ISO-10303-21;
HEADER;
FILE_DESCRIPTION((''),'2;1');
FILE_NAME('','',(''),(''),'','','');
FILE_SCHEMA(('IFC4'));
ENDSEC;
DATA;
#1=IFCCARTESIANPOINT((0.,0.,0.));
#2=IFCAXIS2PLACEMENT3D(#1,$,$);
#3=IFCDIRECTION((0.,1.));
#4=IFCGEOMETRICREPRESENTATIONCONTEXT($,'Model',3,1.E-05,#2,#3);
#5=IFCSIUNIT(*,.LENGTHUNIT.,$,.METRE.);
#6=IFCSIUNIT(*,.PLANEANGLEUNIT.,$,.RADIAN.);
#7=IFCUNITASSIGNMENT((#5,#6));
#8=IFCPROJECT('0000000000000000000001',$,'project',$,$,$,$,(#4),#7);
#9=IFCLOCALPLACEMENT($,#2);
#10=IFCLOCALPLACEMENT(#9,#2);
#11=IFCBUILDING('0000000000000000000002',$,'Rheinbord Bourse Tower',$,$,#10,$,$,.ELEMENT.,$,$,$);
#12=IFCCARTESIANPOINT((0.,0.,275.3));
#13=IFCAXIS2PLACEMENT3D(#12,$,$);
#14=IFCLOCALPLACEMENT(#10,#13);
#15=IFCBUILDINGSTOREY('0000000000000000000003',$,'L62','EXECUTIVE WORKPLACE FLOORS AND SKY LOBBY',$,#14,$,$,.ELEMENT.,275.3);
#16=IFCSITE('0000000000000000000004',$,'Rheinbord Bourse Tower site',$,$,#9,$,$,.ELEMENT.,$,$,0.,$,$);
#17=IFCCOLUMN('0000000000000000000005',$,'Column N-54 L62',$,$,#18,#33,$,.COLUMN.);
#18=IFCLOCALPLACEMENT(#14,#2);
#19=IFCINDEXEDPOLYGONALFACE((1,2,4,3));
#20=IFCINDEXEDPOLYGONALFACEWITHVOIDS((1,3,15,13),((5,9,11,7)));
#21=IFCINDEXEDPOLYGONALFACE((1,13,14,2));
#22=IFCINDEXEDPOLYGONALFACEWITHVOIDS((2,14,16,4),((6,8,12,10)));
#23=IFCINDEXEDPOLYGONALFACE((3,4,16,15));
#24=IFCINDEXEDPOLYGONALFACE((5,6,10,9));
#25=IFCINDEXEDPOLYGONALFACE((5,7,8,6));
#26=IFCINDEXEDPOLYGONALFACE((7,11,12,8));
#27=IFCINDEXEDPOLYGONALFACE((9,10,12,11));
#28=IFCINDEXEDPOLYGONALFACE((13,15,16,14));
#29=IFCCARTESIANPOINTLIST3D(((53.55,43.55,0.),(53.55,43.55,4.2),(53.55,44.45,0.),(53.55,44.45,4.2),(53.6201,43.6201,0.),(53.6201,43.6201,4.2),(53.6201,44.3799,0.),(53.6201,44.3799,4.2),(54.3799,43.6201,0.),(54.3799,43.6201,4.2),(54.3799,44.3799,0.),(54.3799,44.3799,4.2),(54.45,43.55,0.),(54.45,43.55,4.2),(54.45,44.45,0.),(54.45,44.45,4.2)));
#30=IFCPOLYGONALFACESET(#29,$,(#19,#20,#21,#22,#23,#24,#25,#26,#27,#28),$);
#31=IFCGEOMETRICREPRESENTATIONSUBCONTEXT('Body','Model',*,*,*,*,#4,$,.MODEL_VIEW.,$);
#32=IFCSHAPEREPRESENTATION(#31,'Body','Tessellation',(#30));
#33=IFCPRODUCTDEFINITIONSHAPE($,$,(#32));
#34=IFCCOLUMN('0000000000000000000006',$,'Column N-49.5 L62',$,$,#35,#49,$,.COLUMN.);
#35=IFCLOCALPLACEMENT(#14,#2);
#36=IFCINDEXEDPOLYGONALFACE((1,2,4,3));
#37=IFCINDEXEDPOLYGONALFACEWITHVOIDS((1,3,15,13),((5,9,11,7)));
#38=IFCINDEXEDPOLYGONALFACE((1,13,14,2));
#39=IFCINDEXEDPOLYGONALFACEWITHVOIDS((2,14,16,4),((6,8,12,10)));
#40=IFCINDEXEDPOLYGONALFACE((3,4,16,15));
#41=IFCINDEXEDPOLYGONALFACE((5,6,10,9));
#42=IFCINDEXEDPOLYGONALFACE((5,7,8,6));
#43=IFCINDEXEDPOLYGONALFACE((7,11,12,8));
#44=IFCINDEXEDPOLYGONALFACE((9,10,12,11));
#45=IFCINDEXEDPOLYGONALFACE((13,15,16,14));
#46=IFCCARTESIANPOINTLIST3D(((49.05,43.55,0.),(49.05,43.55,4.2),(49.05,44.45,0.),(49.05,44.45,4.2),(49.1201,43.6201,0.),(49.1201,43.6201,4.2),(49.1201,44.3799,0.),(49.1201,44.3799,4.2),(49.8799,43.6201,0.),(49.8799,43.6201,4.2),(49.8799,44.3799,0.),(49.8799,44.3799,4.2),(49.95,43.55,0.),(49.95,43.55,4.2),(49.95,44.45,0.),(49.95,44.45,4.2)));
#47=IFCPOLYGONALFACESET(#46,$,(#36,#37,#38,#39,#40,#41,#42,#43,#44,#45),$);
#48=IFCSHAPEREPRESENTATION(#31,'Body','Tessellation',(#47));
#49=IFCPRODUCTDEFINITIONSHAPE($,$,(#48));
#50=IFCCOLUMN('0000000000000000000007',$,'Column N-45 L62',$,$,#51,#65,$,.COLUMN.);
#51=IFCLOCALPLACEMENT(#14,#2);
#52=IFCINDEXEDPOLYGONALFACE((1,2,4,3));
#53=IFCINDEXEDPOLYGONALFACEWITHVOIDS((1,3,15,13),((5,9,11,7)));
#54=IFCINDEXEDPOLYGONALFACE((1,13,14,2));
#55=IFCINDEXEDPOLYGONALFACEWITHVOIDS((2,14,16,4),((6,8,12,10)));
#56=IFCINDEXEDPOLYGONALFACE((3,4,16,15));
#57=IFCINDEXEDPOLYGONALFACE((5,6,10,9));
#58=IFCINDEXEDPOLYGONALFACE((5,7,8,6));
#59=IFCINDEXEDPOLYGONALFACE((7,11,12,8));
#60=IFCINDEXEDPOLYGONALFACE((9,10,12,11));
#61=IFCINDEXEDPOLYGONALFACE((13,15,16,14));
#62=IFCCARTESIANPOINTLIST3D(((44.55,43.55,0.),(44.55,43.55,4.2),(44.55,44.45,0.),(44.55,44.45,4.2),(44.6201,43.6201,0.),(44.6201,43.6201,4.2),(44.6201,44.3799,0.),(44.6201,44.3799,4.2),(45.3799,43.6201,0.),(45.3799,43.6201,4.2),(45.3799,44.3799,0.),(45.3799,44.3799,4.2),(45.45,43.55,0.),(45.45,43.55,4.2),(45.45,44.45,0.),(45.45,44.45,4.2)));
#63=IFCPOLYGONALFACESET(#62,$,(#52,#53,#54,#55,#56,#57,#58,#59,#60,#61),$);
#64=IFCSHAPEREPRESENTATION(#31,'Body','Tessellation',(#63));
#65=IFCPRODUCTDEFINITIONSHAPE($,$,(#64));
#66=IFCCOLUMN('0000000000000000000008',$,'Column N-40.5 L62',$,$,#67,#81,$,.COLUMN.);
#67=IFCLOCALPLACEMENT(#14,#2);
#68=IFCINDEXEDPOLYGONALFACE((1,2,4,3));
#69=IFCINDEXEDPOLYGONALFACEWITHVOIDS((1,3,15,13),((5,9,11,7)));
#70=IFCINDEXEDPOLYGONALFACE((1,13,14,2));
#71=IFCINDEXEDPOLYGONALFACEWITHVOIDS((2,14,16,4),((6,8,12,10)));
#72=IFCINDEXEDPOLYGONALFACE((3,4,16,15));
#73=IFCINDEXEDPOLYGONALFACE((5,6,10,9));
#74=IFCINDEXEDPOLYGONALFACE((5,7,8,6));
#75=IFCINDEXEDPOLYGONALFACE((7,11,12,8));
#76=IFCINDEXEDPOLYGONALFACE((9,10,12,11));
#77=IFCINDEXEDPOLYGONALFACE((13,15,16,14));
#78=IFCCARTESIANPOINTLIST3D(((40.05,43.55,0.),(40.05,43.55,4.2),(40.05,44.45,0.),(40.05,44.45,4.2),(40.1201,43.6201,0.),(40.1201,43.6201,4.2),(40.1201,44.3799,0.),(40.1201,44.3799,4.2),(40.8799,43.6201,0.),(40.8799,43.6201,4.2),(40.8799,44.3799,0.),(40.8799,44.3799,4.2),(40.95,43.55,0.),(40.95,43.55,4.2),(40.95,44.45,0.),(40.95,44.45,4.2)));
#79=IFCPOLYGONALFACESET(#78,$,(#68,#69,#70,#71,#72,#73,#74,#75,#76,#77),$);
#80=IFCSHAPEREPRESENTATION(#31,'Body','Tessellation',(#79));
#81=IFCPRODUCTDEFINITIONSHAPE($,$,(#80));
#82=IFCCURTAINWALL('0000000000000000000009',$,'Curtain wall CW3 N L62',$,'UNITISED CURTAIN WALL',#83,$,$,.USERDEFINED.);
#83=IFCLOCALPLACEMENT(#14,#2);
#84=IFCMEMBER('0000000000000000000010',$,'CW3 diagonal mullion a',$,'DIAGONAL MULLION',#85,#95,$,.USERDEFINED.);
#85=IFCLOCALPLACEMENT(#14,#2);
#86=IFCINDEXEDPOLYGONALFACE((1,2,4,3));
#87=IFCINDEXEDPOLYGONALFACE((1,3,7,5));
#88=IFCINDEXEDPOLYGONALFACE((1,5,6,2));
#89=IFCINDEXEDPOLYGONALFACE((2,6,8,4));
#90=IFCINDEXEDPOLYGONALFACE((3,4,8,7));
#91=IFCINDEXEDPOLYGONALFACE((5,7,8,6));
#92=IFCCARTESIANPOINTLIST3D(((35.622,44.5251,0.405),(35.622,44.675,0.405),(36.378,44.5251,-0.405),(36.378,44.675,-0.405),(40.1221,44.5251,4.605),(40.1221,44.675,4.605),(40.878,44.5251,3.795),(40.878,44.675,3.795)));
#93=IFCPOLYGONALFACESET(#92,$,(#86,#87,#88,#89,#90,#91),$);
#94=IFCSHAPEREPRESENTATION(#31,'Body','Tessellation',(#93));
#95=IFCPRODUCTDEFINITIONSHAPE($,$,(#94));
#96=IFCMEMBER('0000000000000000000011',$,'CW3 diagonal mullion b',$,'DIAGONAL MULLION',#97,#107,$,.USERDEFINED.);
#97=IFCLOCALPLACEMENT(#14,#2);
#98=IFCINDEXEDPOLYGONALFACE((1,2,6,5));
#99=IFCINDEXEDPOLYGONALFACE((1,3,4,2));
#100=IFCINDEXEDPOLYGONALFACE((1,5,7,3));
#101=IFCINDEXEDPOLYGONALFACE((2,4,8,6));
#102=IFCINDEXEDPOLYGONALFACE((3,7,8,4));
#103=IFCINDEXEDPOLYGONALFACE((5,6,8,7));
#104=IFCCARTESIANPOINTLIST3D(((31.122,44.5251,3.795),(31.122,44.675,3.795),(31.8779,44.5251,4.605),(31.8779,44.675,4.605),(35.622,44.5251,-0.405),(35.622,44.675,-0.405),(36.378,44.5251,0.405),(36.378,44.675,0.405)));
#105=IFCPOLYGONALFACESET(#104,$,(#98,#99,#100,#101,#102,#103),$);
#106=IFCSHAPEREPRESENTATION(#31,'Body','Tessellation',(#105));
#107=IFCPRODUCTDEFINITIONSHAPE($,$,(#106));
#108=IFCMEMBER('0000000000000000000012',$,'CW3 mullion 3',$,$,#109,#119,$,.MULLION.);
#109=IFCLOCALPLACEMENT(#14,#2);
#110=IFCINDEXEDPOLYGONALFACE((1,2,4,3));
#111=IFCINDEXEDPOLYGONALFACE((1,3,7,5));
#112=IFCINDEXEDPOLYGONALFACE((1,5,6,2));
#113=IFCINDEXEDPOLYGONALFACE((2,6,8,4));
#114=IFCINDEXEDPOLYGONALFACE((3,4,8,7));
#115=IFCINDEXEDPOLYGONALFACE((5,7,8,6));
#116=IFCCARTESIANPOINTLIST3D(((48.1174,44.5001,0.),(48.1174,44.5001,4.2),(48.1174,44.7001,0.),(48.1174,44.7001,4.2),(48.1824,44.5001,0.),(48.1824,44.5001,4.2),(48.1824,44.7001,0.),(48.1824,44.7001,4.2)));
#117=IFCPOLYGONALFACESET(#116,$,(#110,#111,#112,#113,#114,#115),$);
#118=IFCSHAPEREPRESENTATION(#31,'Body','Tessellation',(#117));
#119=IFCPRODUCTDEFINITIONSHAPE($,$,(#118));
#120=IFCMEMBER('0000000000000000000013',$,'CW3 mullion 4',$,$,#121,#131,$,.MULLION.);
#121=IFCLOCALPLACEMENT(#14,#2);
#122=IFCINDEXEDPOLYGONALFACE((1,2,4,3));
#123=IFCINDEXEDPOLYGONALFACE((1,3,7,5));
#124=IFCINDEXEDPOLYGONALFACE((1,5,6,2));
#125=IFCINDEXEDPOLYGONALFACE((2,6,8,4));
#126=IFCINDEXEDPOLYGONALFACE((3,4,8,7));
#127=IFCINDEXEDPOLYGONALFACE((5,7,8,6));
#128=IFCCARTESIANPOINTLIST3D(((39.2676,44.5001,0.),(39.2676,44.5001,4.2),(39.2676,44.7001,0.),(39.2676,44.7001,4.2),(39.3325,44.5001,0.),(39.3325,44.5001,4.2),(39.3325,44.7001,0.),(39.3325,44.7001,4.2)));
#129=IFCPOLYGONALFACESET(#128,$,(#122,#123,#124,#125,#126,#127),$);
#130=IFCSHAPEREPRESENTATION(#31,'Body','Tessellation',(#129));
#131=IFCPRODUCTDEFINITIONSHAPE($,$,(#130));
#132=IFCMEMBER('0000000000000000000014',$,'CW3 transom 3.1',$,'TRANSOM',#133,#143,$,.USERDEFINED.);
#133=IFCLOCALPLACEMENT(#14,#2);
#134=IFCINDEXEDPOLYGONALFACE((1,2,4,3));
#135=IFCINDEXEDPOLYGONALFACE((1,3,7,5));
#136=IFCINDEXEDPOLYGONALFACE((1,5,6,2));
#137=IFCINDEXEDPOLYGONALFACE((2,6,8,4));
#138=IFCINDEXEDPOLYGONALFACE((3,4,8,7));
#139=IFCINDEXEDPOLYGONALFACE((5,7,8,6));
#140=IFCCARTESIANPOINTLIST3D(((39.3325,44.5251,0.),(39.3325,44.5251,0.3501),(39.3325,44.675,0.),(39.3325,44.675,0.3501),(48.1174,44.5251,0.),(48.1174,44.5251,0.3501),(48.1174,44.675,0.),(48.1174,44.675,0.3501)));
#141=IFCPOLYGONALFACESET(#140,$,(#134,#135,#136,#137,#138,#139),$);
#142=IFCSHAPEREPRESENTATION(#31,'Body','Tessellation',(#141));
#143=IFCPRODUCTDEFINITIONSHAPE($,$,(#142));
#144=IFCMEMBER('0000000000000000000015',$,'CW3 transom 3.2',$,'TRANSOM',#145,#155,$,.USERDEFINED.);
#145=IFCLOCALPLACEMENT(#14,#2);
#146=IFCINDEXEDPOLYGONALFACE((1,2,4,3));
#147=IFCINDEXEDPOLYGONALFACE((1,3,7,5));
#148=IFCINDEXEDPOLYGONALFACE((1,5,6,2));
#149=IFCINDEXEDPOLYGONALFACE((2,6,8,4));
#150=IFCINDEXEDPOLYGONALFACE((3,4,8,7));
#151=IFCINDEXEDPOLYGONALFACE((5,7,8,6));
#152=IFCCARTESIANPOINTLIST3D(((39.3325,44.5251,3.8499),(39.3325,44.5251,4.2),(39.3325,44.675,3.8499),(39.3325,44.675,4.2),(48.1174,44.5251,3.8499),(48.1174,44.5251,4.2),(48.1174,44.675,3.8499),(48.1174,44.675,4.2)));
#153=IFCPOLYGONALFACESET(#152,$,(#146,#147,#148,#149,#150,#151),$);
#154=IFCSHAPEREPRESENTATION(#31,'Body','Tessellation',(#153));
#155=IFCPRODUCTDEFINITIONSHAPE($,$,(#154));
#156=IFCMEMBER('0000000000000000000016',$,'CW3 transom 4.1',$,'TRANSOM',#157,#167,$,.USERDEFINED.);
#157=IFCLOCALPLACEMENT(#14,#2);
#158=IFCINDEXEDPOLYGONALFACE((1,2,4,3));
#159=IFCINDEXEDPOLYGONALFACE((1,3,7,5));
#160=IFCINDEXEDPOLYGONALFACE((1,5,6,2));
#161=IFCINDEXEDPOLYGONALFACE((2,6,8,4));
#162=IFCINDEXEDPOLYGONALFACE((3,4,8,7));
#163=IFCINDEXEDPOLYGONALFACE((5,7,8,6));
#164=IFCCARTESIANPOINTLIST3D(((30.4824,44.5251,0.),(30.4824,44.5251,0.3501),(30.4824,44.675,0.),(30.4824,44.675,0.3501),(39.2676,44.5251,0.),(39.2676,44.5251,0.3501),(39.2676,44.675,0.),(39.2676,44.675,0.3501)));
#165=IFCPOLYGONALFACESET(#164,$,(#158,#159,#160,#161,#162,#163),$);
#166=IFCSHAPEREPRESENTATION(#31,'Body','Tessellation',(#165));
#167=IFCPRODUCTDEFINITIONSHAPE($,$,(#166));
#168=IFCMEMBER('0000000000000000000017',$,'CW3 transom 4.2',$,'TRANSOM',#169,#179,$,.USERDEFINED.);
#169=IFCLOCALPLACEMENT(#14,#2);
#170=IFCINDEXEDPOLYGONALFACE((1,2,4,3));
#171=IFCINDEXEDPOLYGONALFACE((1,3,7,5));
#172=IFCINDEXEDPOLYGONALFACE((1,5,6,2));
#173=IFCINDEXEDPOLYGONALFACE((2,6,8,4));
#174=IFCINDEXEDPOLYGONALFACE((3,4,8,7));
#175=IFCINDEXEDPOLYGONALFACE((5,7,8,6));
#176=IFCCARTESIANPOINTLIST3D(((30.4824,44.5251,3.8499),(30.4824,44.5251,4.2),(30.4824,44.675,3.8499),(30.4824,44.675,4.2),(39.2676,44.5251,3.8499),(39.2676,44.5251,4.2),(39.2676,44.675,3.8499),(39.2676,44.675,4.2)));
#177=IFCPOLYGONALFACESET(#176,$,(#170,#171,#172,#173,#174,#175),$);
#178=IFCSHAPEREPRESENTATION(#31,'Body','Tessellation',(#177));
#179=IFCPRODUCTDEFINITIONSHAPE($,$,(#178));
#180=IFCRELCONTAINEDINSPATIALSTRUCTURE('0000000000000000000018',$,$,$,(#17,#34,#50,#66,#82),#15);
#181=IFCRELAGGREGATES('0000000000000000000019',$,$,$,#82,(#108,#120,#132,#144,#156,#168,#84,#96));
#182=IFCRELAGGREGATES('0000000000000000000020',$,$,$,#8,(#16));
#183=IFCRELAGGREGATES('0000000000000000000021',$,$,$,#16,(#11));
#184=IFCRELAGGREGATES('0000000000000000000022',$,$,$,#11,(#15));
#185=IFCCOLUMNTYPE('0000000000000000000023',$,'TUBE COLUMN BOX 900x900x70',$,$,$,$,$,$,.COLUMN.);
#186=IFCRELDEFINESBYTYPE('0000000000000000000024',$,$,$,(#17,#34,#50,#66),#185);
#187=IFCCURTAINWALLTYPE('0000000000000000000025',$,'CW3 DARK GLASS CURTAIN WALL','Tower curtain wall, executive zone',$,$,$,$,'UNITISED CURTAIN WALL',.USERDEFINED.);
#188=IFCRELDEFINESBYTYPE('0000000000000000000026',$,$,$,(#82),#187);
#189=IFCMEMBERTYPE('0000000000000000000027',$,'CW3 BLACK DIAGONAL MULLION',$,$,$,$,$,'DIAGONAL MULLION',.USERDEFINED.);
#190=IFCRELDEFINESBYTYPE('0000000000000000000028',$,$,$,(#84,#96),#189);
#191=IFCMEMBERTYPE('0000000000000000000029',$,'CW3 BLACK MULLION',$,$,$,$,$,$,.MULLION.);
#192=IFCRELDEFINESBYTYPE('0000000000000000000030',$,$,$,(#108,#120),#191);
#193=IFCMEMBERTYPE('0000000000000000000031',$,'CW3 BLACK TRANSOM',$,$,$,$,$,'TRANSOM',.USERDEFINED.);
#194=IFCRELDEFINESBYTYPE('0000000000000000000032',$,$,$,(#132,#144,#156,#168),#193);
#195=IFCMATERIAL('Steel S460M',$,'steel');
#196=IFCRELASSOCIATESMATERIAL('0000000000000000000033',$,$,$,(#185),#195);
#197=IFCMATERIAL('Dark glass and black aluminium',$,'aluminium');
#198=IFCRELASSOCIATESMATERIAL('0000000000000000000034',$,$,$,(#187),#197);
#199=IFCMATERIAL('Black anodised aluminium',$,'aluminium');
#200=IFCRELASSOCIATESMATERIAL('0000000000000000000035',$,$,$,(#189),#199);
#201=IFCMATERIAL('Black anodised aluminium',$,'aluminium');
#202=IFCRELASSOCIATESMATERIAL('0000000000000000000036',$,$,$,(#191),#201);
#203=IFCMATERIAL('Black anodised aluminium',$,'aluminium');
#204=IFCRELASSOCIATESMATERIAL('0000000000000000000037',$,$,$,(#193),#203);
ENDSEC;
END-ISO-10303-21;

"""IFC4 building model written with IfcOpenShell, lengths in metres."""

from ifc_helpers import new_model, si_unit, direction, frame, origin, origin_2d, place, context, subcontext, project, spatial, rectangle, hollow_rectangle, extrude, material, material_profile, profile_set, type_object, element, aggregate, save


model = new_model("IFC4")

# Units and contexts
model_context = context("Model", 3, precision=1e-05, world=origin(), true_north=direction((0.0, 1.0)))
body_context = subcontext(model_context, "Body", "Model", "MODEL_VIEW")
ifc_project = project(units=[si_unit("LENGTHUNIT", "METRE"), si_unit("PLANEANGLEUNIT", "RADIAN")], contexts=[model_context])

# Site, building, storey
site_placement = place(None, origin())
site = spatial("IfcSite", under=ifc_project, at=site_placement, Name="Rheinbord Bourse Tower site", CompositionType="ELEMENT", RefElevation=0.0)
building_placement = place(site_placement, origin())
building = spatial("IfcBuilding", under=site, at=building_placement, Name="Rheinbord Bourse Tower", CompositionType="ELEMENT")
storey_placement = place(building_placement, frame((0.0, 0.0, 275.3)))
storey = spatial("IfcBuildingStorey", under=building, at=storey_placement, Name="L62", Description="EXECUTIVE WORKPLACE FLOORS AND SKY LOBBY", CompositionType="ELEMENT", Elevation=275.3)

# Columns
ifc_material_1 = material(Name="Steel S460M", Category="steel")
ifc_material_profile_1 = material_profile(ifc_material_1, hollow_rectangle(XDim=0.8999, YDim=0.8999, WallThickness=0.0701, at=origin_2d()), Name="BOX 900x900x70")
ifc_profile_set_1 = profile_set([ifc_material_profile_1], Name="Steel S460M")
column_type = type_object("IfcColumnType", Name="TUBE COLUMN BOX 900x900x70", PredefinedType="COLUMN", material=ifc_profile_set_1)
for number, where, z_axis, x_axis, name in (
    (1, (54.0, 44.0, 0.0), (0.0, 0.0, 1.0), (0.0, 1.0, 0.0), "Column N-54 L62"),
    (2, (49.5, 44.0, 0.0), (0.0, 0.0, 1.0), (0.0, 1.0, 0.0), "Column N-49.5 L62"),
    (3, (45.0, 44.0, 0.0), (0.0, 0.0, 1.0), (0.0, 1.0, 0.0), "Column N-45 L62"),
    (4, (40.5, 44.0, 0.0), (0.0, 0.0, 1.0), (0.0, 1.0, 0.0), "Column N-40.5 L62"),
):
    element("IfcColumn", number, at=place(storey_placement, frame(where, z_axis=z_axis, x_axis=x_axis)), inside=storey, type_object=column_type, Name=name, PredefinedType="COLUMN", context=body_context, shape_type="SweptSolid", body=[
        extrude(hollow_rectangle(XDim=0.8999, YDim=0.8999, WallThickness=0.0701, at=origin_2d()), origin(), (0.0, 0.0, 1.0), 4.2),
    ])

# Curtain wall, members
ifc_material_2 = material(Name="Dark glass and black aluminium", Category="aluminium")
curtain_wall_type = type_object("IfcCurtainWallType", Name="CW3 DARK GLASS CURTAIN WALL", Description="Tower curtain wall, executive zone", ElementType="UNITISED CURTAIN WALL", PredefinedType="USERDEFINED", material=ifc_material_2)
curtain_wall_placement = place(storey_placement, origin())
curtain_wall = element("IfcCurtainWall", 5, at=curtain_wall_placement, inside=storey, type_object=curtain_wall_type, Name="Curtain wall CW3 N L62", ObjectType="UNITISED CURTAIN WALL", PredefinedType="USERDEFINED")
ifc_material_3 = material(Name="Black anodised aluminium", Category="aluminium")
ifc_material_profile_2 = material_profile(ifc_material_3, rectangle(XDim=0.1499, YDim=1.1079, at=origin_2d()), Name="CW3 DIAGONAL MULLION 1108x150")
ifc_profile_set_2 = profile_set([ifc_material_profile_2], Name="Black anodised aluminium")
member_type_1 = type_object("IfcMemberType", Name="CW3 BLACK DIAGONAL MULLION", ElementType="DIAGONAL MULLION", PredefinedType="USERDEFINED", material=ifc_profile_set_2)
member_1_placement = place(storey_placement, frame((36.0, 44.6001, 0.0), z_axis=(0.731059, 0.0, 0.682314), x_axis=(0.0, 1.0, 0.0)))
member_1 = element("IfcMember", 6, at=member_1_placement, type_object=member_type_1, Name="CW3 diagonal mullion a", ObjectType="DIAGONAL MULLION", PredefinedType="USERDEFINED", context=body_context, shape_type="SweptSolid", body=[
    extrude(rectangle(XDim=0.1499, YDim=1.1079, at=origin_2d()), origin(), (0.0, 0.0, 1.0), 6.1555),
])
member_2_placement = place(storey_placement, frame((36.0, 44.6001, 0.0), z_axis=(-0.731059, 0.0, 0.682314), x_axis=(0.0, -1.0, 0.0)))
member_2 = element("IfcMember", 7, at=member_2_placement, type_object=member_type_1, Name="CW3 diagonal mullion b", ObjectType="DIAGONAL MULLION", PredefinedType="USERDEFINED", context=body_context, shape_type="SweptSolid", body=[
    extrude(rectangle(XDim=0.1499, YDim=1.1079, at=origin_2d()), origin(), (0.0, 0.0, 1.0), 6.1555),
])
ifc_material_4 = material(Name="Black anodised aluminium", Category="aluminium")
ifc_material_profile_3 = material_profile(ifc_material_4, rectangle(XDim=0.2, YDim=0.0649, at=origin_2d()), Name="CW3 MULLION 65x200")
ifc_profile_set_3 = profile_set([ifc_material_profile_3], Name="Black anodised aluminium")
member_type_2 = type_object("IfcMemberType", Name="CW3 BLACK MULLION", PredefinedType="MULLION", material=ifc_profile_set_3)
member_3_placement = place(storey_placement, frame((48.1499, 44.6001, 0.0), z_axis=(0.0, 0.0, 1.0), x_axis=(0.0, -1.0, 0.0)))
member_3 = element("IfcMember", 8, at=member_3_placement, type_object=member_type_2, Name="CW3 mullion 3", PredefinedType="MULLION", context=body_context, shape_type="SweptSolid", body=[
    extrude(rectangle(XDim=0.2, YDim=0.0649, at=origin_2d()), origin(), (0.0, 0.0, 1.0), 4.2),
])
member_4_placement = place(storey_placement, frame((39.3, 44.6001, 0.0), z_axis=(0.0, 0.0, 1.0), x_axis=(0.0, -1.0, 0.0)))
member_4 = element("IfcMember", 9, at=member_4_placement, type_object=member_type_2, Name="CW3 mullion 4", PredefinedType="MULLION", context=body_context, shape_type="SweptSolid", body=[
    extrude(rectangle(XDim=0.2, YDim=0.0649, at=origin_2d()), origin(), (0.0, 0.0, 1.0), 4.2),
])
ifc_material_5 = material(Name="Black anodised aluminium", Category="aluminium")
ifc_material_profile_4 = material_profile(ifc_material_5, rectangle(XDim=0.1499, YDim=0.3501, at=origin_2d()), Name="CW3 TRANSOM 350x150")
ifc_profile_set_4 = profile_set([ifc_material_profile_4], Name="Black anodised aluminium")
member_type_3 = type_object("IfcMemberType", Name="CW3 BLACK TRANSOM", ElementType="TRANSOM", PredefinedType="USERDEFINED", material=ifc_profile_set_4)
member_5_placement = place(storey_placement, frame((48.1174, 44.6001, 0.175), z_axis=(-1.0, 0.0, 0.0), x_axis=(0.0, -1.0, 0.0)))
member_5 = element("IfcMember", 10, at=member_5_placement, type_object=member_type_3, Name="CW3 transom 3.1", ObjectType="TRANSOM", PredefinedType="USERDEFINED", context=body_context, shape_type="SweptSolid", body=[
    extrude(rectangle(XDim=0.1499, YDim=0.3501, at=origin_2d()), origin(), (0.0, 0.0, 1.0), 8.7849),
])
member_6_placement = place(storey_placement, frame((48.1174, 44.6001, 4.0249), z_axis=(-1.0, 0.0, 0.0), x_axis=(0.0, -1.0, 0.0)))
member_6 = element("IfcMember", 11, at=member_6_placement, type_object=member_type_3, Name="CW3 transom 3.2", ObjectType="TRANSOM", PredefinedType="USERDEFINED", context=body_context, shape_type="SweptSolid", body=[
    extrude(rectangle(XDim=0.1499, YDim=0.3501, at=origin_2d()), origin(), (0.0, 0.0, 1.0), 8.7849),
])
member_7_placement = place(storey_placement, frame((39.2676, 44.6001, 0.175), z_axis=(-1.0, 0.0, 0.0), x_axis=(0.0, -1.0, 0.0)))
member_7 = element("IfcMember", 12, at=member_7_placement, type_object=member_type_3, Name="CW3 transom 4.1", ObjectType="TRANSOM", PredefinedType="USERDEFINED", context=body_context, shape_type="SweptSolid", body=[
    extrude(rectangle(XDim=0.1499, YDim=0.3501, at=origin_2d()), origin(), (0.0, 0.0, 1.0), 8.7852),
])
member_8_placement = place(storey_placement, frame((39.2676, 44.6001, 4.0249), z_axis=(-1.0, 0.0, 0.0), x_axis=(0.0, -1.0, 0.0)))
member_8 = element("IfcMember", 13, at=member_8_placement, type_object=member_type_3, Name="CW3 transom 4.2", ObjectType="TRANSOM", PredefinedType="USERDEFINED", context=body_context, shape_type="SweptSolid", body=[
    extrude(rectangle(XDim=0.1499, YDim=0.3501, at=origin_2d()), origin(), (0.0, 0.0, 1.0), 8.7852),
])

aggregate(curtain_wall, [member_3, member_4, member_5, member_6, member_7, member_8, member_1, member_2])

save(model, "model.ifc")
